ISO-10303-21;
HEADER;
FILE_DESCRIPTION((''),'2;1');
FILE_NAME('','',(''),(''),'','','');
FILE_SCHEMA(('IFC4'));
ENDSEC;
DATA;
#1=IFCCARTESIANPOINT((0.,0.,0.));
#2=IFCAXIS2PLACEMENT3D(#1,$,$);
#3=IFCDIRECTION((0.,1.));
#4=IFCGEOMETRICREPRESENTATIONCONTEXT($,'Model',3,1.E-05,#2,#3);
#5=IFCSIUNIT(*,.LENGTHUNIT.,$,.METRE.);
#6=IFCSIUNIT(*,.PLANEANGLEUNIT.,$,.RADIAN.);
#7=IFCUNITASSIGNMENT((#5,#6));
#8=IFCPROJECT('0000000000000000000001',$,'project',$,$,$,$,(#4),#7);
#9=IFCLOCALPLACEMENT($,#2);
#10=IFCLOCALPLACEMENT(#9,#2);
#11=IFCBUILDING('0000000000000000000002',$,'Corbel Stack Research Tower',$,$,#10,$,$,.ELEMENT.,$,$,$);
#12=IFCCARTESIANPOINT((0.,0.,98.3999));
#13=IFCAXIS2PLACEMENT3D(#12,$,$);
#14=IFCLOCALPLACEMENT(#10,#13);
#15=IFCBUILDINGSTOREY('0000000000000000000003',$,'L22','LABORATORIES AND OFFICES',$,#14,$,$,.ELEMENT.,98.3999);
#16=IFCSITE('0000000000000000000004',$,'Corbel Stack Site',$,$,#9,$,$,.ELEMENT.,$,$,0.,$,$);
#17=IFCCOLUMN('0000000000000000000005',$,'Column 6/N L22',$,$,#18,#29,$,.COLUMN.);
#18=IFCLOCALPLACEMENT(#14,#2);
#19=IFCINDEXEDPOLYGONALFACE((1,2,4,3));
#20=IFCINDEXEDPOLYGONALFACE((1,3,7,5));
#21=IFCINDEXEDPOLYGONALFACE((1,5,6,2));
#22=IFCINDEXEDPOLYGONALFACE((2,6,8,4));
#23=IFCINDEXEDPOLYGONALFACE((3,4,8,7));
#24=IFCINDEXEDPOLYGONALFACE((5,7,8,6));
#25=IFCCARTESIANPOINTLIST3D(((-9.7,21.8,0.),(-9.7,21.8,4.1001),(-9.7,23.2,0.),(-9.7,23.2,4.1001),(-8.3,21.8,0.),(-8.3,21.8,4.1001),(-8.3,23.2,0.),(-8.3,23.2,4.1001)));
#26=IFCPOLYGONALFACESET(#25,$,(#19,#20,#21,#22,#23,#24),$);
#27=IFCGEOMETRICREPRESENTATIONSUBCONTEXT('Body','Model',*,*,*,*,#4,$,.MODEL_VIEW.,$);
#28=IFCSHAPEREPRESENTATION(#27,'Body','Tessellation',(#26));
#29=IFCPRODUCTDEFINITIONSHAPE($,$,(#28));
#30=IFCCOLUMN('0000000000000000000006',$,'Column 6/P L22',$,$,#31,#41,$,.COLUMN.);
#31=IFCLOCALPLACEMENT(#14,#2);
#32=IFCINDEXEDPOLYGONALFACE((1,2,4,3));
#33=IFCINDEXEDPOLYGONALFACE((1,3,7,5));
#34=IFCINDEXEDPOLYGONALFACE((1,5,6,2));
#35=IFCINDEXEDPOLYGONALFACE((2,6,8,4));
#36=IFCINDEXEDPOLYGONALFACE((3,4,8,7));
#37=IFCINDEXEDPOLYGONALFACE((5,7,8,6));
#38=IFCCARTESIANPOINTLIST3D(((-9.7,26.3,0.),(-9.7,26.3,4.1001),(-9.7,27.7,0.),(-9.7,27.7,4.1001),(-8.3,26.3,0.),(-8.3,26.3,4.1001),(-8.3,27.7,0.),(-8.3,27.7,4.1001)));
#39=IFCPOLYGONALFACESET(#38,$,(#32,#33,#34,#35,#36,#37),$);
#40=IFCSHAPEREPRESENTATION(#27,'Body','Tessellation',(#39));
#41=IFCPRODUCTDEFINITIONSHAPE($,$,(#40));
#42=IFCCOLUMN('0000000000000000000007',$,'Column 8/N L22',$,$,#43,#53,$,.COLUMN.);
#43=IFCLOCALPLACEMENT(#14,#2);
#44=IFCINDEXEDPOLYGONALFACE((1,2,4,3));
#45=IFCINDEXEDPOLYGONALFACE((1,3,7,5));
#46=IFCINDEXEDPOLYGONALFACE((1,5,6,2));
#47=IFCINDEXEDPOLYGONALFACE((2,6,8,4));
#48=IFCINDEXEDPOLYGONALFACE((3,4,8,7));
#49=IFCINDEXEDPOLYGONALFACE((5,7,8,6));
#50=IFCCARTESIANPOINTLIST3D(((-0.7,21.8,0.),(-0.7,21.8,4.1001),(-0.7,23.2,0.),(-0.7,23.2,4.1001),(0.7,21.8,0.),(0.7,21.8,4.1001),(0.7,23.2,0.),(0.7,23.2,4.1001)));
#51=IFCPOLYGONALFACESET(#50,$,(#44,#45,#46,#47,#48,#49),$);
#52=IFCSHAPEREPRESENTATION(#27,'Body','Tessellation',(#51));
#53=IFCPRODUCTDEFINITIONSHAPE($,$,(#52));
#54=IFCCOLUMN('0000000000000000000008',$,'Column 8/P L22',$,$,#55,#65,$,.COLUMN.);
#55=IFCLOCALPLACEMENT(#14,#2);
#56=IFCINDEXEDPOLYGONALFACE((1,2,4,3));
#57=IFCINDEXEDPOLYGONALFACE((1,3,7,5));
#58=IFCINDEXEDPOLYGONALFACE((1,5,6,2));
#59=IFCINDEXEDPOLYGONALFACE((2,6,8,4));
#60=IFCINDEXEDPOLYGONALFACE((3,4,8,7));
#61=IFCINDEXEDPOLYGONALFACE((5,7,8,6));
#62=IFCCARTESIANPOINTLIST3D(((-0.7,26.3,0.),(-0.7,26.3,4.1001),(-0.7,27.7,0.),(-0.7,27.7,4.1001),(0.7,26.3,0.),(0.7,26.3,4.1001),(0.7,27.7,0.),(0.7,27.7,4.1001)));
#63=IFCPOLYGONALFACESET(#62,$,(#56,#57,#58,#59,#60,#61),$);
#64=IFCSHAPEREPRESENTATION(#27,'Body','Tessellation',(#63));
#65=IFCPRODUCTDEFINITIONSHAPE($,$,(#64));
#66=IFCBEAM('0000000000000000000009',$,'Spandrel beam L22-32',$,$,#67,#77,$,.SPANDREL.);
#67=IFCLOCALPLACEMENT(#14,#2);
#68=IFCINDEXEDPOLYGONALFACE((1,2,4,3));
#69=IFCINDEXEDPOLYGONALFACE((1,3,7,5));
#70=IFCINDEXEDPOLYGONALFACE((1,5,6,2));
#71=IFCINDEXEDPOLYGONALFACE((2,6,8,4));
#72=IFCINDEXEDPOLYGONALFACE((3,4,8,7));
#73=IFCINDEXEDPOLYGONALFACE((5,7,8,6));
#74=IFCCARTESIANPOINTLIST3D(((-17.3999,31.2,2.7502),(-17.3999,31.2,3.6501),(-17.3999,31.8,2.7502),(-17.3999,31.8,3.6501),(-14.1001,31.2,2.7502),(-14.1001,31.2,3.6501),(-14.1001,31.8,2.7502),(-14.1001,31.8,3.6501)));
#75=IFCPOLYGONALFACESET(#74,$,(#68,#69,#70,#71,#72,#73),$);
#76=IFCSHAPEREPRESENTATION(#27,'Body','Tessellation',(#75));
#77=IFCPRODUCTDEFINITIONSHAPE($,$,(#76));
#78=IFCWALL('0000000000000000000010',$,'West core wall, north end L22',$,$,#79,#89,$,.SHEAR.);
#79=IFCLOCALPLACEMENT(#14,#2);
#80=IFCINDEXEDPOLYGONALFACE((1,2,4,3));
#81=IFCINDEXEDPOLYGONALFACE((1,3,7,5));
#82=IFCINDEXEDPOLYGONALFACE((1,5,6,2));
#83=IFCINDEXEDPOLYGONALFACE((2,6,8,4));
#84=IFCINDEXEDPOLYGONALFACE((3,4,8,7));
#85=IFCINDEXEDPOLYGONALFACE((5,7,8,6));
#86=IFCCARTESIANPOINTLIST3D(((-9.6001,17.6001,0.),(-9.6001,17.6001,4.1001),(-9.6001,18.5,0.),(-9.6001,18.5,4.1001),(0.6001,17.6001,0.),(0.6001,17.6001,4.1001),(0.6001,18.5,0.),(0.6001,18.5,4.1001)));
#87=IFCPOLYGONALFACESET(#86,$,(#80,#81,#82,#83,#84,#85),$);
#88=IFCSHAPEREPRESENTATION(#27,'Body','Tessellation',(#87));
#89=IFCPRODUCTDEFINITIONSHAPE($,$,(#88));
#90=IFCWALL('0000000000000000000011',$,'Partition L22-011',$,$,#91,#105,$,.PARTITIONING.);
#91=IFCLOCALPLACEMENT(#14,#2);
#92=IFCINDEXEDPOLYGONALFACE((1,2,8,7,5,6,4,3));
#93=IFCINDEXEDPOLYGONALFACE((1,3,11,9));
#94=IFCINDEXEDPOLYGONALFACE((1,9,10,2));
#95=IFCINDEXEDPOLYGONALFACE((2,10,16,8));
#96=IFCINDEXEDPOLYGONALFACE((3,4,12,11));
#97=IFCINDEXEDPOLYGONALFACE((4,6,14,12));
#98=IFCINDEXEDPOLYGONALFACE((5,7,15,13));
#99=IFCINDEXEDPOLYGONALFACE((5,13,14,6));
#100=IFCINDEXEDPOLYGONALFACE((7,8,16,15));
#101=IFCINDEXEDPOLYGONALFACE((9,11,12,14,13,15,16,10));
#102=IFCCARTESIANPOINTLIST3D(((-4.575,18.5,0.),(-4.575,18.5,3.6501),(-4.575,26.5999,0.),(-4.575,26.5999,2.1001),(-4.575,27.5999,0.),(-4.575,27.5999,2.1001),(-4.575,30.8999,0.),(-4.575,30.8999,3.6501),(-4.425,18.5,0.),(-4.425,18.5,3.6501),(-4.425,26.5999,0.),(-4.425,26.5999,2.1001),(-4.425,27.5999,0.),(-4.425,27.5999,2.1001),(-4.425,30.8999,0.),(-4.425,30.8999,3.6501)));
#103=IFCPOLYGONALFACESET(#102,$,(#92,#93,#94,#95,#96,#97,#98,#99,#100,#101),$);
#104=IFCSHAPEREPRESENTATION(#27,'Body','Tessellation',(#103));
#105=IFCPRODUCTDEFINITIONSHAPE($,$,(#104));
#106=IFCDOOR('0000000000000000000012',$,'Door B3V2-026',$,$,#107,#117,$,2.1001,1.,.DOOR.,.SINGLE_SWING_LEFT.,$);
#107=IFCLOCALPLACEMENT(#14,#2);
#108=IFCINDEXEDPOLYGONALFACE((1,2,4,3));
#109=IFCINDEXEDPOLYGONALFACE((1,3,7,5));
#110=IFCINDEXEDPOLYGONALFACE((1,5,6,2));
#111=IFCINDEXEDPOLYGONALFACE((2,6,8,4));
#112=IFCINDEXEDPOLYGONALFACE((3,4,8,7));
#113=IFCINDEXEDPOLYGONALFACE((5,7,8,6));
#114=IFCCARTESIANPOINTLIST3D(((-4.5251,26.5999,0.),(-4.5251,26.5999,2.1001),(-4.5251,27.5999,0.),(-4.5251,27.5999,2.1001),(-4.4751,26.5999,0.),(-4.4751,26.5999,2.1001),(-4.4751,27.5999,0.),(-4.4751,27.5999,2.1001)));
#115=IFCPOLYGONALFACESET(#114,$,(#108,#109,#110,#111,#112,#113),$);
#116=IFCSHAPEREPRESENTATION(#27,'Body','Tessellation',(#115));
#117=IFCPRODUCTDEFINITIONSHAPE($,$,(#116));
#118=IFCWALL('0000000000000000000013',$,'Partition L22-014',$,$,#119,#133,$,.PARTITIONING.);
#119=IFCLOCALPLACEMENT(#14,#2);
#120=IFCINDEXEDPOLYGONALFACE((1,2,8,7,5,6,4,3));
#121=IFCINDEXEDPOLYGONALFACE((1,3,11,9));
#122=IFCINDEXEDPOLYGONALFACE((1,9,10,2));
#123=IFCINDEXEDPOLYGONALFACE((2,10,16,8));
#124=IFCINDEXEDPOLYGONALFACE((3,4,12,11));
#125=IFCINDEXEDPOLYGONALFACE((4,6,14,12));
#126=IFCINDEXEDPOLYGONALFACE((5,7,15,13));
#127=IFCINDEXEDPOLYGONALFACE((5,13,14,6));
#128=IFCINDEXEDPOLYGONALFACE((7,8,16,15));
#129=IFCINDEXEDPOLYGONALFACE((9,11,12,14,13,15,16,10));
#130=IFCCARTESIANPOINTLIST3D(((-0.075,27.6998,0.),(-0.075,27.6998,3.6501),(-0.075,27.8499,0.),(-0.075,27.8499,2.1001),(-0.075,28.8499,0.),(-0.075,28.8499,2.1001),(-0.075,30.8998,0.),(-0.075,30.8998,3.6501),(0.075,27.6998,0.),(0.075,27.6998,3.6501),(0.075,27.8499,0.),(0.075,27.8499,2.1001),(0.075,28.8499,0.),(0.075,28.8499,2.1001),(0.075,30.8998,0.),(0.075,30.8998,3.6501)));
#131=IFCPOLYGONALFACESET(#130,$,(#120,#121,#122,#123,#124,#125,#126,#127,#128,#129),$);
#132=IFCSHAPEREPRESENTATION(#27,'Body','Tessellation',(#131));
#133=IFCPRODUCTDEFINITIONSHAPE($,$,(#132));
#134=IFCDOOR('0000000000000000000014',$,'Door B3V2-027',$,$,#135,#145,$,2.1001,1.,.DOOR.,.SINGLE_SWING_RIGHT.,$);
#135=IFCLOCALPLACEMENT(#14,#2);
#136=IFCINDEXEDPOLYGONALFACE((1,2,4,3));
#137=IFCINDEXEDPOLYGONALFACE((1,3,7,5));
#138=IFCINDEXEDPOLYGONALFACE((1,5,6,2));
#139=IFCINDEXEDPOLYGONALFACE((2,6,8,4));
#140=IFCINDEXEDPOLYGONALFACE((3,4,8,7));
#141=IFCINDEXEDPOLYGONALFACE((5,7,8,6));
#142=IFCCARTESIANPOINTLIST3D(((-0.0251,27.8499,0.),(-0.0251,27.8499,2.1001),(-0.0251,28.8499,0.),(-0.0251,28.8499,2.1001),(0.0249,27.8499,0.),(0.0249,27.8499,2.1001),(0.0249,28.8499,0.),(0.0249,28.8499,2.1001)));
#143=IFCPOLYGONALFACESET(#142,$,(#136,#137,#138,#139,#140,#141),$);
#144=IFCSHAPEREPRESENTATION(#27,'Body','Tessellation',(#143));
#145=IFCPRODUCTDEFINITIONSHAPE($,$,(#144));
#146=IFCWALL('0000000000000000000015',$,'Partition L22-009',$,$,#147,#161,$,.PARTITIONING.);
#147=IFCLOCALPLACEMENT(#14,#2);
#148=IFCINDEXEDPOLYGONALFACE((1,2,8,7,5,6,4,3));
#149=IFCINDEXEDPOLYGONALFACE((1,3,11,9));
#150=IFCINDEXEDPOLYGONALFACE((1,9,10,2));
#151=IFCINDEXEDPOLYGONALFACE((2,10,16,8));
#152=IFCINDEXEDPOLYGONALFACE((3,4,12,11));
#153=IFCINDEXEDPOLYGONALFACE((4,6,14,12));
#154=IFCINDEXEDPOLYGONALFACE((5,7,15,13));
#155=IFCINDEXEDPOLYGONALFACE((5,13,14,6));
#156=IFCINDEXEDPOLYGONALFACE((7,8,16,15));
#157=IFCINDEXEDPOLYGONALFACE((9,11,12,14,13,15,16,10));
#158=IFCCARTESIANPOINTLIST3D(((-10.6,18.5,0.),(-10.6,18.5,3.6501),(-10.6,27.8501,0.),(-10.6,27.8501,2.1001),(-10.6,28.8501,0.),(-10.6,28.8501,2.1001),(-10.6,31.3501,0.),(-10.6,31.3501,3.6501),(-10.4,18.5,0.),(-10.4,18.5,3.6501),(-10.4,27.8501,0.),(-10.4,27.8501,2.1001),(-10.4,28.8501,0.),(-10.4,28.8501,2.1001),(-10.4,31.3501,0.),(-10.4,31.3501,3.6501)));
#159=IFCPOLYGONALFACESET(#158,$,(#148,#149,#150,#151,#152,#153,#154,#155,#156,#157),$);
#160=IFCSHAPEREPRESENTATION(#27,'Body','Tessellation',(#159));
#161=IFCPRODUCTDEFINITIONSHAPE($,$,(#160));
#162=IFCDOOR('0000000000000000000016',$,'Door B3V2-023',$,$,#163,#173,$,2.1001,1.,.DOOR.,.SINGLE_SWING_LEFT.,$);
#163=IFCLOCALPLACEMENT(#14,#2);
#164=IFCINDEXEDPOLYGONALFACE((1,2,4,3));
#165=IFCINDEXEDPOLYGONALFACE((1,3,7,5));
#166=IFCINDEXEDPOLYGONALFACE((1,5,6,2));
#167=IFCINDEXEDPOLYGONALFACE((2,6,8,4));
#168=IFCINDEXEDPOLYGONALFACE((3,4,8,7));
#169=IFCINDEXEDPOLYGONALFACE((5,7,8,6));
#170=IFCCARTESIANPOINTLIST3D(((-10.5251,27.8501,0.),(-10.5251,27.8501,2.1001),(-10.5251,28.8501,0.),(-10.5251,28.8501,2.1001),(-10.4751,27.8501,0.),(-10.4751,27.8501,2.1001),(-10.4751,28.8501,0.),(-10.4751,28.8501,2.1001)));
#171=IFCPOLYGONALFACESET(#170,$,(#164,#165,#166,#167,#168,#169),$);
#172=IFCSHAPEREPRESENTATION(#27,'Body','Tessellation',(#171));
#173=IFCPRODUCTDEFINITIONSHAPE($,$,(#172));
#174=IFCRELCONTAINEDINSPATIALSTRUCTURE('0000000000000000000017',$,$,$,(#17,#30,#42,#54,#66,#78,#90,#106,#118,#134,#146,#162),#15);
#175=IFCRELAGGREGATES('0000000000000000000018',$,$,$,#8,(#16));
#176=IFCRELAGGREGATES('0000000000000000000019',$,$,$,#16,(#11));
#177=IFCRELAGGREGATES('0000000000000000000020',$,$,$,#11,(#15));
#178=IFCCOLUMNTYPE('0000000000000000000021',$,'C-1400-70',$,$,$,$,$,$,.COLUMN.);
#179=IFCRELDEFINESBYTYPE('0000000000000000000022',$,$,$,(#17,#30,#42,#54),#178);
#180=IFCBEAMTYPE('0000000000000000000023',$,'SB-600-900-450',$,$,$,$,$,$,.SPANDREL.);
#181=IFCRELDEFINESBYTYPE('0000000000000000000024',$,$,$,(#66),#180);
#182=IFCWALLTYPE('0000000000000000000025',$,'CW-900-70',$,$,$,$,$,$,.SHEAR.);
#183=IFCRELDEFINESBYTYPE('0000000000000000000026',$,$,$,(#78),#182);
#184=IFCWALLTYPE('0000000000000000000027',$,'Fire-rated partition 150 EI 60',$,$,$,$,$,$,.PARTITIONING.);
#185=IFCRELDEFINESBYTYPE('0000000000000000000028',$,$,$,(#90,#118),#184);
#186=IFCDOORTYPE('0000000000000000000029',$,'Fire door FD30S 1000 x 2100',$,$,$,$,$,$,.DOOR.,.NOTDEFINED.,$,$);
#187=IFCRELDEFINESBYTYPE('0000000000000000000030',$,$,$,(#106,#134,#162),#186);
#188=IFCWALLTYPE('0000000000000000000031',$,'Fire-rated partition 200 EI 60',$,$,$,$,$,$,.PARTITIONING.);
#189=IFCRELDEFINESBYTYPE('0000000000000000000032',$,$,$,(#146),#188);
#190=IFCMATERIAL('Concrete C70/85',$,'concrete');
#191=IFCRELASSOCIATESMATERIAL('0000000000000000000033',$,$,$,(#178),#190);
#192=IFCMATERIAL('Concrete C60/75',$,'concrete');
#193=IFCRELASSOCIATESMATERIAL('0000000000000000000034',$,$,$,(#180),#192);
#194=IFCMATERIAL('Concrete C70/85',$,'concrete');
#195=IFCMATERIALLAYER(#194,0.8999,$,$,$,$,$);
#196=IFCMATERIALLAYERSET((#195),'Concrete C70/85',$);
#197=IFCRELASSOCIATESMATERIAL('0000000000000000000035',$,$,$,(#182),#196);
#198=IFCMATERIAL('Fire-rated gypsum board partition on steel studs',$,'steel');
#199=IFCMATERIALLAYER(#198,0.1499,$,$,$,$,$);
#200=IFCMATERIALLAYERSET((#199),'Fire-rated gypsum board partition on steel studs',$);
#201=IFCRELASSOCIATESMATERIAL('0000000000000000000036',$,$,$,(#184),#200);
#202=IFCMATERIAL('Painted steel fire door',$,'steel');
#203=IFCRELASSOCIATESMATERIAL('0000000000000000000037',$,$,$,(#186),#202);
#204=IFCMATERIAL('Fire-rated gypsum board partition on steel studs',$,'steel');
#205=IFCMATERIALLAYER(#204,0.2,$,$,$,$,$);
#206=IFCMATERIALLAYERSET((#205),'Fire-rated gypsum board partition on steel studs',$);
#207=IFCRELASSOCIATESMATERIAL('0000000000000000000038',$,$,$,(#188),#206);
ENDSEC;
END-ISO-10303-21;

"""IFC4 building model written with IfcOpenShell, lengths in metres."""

from ifc_helpers import new_model, si_unit, direction, frame, frame_2d, origin, origin_2d, place, context, subcontext, project, spatial, rectangle, extrude, material, layer, layer_set, material_profile, profile_set, type_object, element, fill, save


model = new_model("IFC4")

# Units and contexts
model_context = context("Model", 3, precision=1e-05, world=origin(), true_north=direction((0.0, 1.0)))
body_context = subcontext(model_context, "Body", "Model", "MODEL_VIEW")
ifc_project = project(units=[si_unit("LENGTHUNIT", "METRE"), si_unit("PLANEANGLEUNIT", "RADIAN")], contexts=[model_context])

# Site, building, storey
site_placement = place(None, origin())
site = spatial("IfcSite", under=ifc_project, at=site_placement, Name="Corbel Stack Site", CompositionType="ELEMENT", RefElevation=0.0)
building_placement = place(site_placement, origin())
building = spatial("IfcBuilding", under=site, at=building_placement, Name="Corbel Stack Research Tower", CompositionType="ELEMENT")
storey_placement = place(building_placement, frame((0.0, 0.0, 98.3999)))
storey = spatial("IfcBuildingStorey", under=building, at=storey_placement, Name="L22", Description="LABORATORIES AND OFFICES", CompositionType="ELEMENT", Elevation=98.3999)

# Columns
ifc_material_1 = material(Name="Concrete C70/85", Category="concrete")
ifc_material_profile_1 = material_profile(ifc_material_1, rectangle(XDim=1.3999, YDim=1.3999, at=origin_2d()), Name="RC 1400 x 1400")
ifc_profile_set_1 = profile_set([ifc_material_profile_1], Name="Concrete C70/85")
column_type = type_object("IfcColumnType", Name="C-1400-70", PredefinedType="COLUMN", material=ifc_profile_set_1)
for number, where, z_axis, x_axis, name in (
    (1, (-9.0, 22.5, 0.0), (0.0, 0.0, 1.0), (1.0, 0.0, 0.0), "Column 6/N L22"),
    (2, (-9.0, 27.0, 0.0), (0.0, 0.0, 1.0), (1.0, 0.0, 0.0), "Column 6/P L22"),
    (3, (0.0, 22.5, 0.0), (0.0, 0.0, 1.0), (1.0, 0.0, 0.0), "Column 8/N L22"),
    (4, (0.0, 27.0, 0.0), (0.0, 0.0, 1.0), (1.0, 0.0, 0.0), "Column 8/P L22"),
):
    element("IfcColumn", number, at=place(storey_placement, frame(where, z_axis=z_axis, x_axis=x_axis)), inside=storey, type_object=column_type, Name=name, PredefinedType="COLUMN", context=body_context, shape_type="SweptSolid", body=[
        extrude(rectangle(XDim=1.3999, YDim=1.3999, at=origin_2d()), origin(), (0.0, 0.0, 1.0), 4.1001),
    ])

# Beam
ifc_material_2 = material(Name="Concrete C60/75", Category="concrete")
ifc_material_profile_2 = material_profile(ifc_material_2, rectangle(XDim=0.6001, YDim=0.8999, at=origin_2d()), Name="RC 600 x 900")
ifc_profile_set_2 = profile_set([ifc_material_profile_2], Name="Concrete C60/75")
beam_type = type_object("IfcBeamType", Name="SB-600-900-450", PredefinedType="SPANDREL", material=ifc_profile_set_2)
beam_placement = place(storey_placement, frame((-14.1001, 31.5, 3.2002), z_axis=(-1.0, 0.0, 0.0), x_axis=(0.0, -1.0, 0.0)))
element("IfcBeam", 5, at=beam_placement, inside=storey, type_object=beam_type, Name="Spandrel beam L22-32", PredefinedType="SPANDREL", context=body_context, shape_type="SweptSolid", body=[
    extrude(rectangle(XDim=0.6001, YDim=0.8999, at=origin_2d()), origin(), (0.0, 0.0, 1.0), 3.2998),
])

# Wall
ifc_material_3 = material(Name="Concrete C70/85", Category="concrete")
ifc_layer_1 = layer(ifc_material_3, 0.8999)
ifc_layer_set_1 = layer_set([ifc_layer_1], Name="Concrete C70/85")
wall_type_1 = type_object("IfcWallType", Name="CW-900-70", PredefinedType="SHEAR", material=ifc_layer_set_1)
wall_1_placement = place(storey_placement, frame((-9.6001, 18.05, 0.0), z_axis=(0.0, 0.0, 1.0), x_axis=(1.0, 0.0, 0.0)))
element("IfcWall", 6, at=wall_1_placement, inside=storey, type_object=wall_type_1, Name="West core wall, north end L22", PredefinedType="SHEAR", context=body_context, shape_type="SweptSolid", body=[
    extrude(rectangle(XDim=10.2002, YDim=0.8999, at=frame_2d((5.1001, 0.0))), origin(), (0.0, 0.0, 1.0), 4.1001),
])

# Walls, openings, doors
ifc_material_4 = material(Name="Fire-rated gypsum board partition on steel studs", Category="steel")
ifc_layer_2 = layer(ifc_material_4, 0.1499)
ifc_layer_set_2 = layer_set([ifc_layer_2], Name="Fire-rated gypsum board partition on steel studs")
wall_type_2 = type_object("IfcWallType", Name="Fire-rated partition 150 EI 60", PredefinedType="PARTITIONING", material=ifc_layer_set_2)
wall_2_placement = place(storey_placement, frame((-4.5, 30.8999, 0.0), z_axis=(0.0, 0.0, 1.0), x_axis=(0.0, -1.0, 0.0)))
wall_2 = element("IfcWall", 7, at=wall_2_placement, inside=storey, type_object=wall_type_2, Name="Partition L22-011", PredefinedType="PARTITIONING", context=body_context, shape_type="SweptSolid", body=[
    extrude(rectangle(XDim=12.3999, YDim=0.1499, at=frame_2d((6.2, 0.0))), origin(), (0.0, 0.0, 1.0), 3.6501),
])
opening_1_placement = place(wall_2_placement, frame((3.3, 0.0, 0.0)))
opening_1 = element("IfcOpeningElement", 8, at=opening_1_placement, cuts=wall_2, PredefinedType="OPENING", context=body_context, shape_type="SweptSolid", body=[
    extrude(rectangle(XDim=1.0, YDim=2.1001, at=frame_2d((0.5, 1.05))), frame((0.0, 0.085, 0.0), z_axis=(0.0, -1.0, 0.0), x_axis=(1.0, 0.0, 0.0)), (0.0, 0.0, 1.0), 0.1699),
])
ifc_material_5 = material(Name="Painted steel fire door", Category="steel")
door_type_1 = type_object("IfcDoorType", Name="Fire door FD30S 1000 x 2100", OperationType="NOTDEFINED", PredefinedType="DOOR", material=ifc_material_5)
door_1_placement = place(opening_1_placement, origin())
door_1 = element("IfcDoor", 9, at=door_1_placement, inside=storey, type_object=door_type_1, Name="Door B3V2-026", OperationType="SINGLE_SWING_LEFT", OverallHeight=2.1001, OverallWidth=1.0, PredefinedType="DOOR", context=body_context, shape_type="SweptSolid", body=[
    extrude(rectangle(XDim=1.0, YDim=2.1001, at=frame_2d((0.5, 1.05))), frame((0.0, 0.0249, 0.0), z_axis=(0.0, -1.0, 0.0), x_axis=(1.0, 0.0, 0.0)), (0.0, 0.0, 1.0), 0.05),
])
fill(opening_1, door_1)
wall_3_placement = place(storey_placement, frame((0.0, 30.8999, 0.0), z_axis=(0.0, 0.0, 1.0), x_axis=(0.0, -1.0, 0.0)))
wall_3 = element("IfcWall", 10, at=wall_3_placement, inside=storey, type_object=wall_type_2, Name="Partition L22-014", PredefinedType="PARTITIONING", context=body_context, shape_type="SweptSolid", body=[
    extrude(rectangle(XDim=3.2, YDim=0.1499, at=frame_2d((1.6001, 0.0))), origin(), (0.0, 0.0, 1.0), 3.6501),
])
opening_2_placement = place(wall_3_placement, frame((2.05, 0.0, 0.0)))
opening_2 = element("IfcOpeningElement", 11, at=opening_2_placement, cuts=wall_3, PredefinedType="OPENING", context=body_context, shape_type="SweptSolid", body=[
    extrude(rectangle(XDim=1.0, YDim=2.1001, at=frame_2d((0.5, 1.05))), frame((0.0, 0.085, 0.0), z_axis=(0.0, -1.0, 0.0), x_axis=(1.0, 0.0, 0.0)), (0.0, 0.0, 1.0), 0.1699),
])
door_2_placement = place(opening_2_placement, origin())
door_2 = element("IfcDoor", 12, at=door_2_placement, inside=storey, type_object=door_type_1, Name="Door B3V2-027", OperationType="SINGLE_SWING_RIGHT", OverallHeight=2.1001, OverallWidth=1.0, PredefinedType="DOOR", context=body_context, shape_type="SweptSolid", body=[
    extrude(rectangle(XDim=1.0, YDim=2.1001, at=frame_2d((0.5, 1.05))), frame((0.0, 0.0249, 0.0), z_axis=(0.0, -1.0, 0.0), x_axis=(1.0, 0.0, 0.0)), (0.0, 0.0, 1.0), 0.05),
])
fill(opening_2, door_2)
ifc_material_6 = material(Name="Fire-rated gypsum board partition on steel studs", Category="steel")
ifc_layer_3 = layer(ifc_material_6, 0.2)
ifc_layer_set_3 = layer_set([ifc_layer_3], Name="Fire-rated gypsum board partition on steel studs")
wall_type_3 = type_object("IfcWallType", Name="Fire-rated partition 200 EI 60", PredefinedType="PARTITIONING", material=ifc_layer_set_3)
wall_4_placement = place(storey_placement, frame((-10.5, 31.3501, 0.0), z_axis=(0.0, 0.0, 1.0), x_axis=(0.0, -1.0, 0.0)))
wall_4 = element("IfcWall", 13, at=wall_4_placement, inside=storey, type_object=wall_type_3, Name="Partition L22-009", PredefinedType="PARTITIONING", context=body_context, shape_type="SweptSolid", body=[
    extrude(rectangle(XDim=12.8501, YDim=0.2, at=frame_2d((6.425, 0.0))), origin(), (0.0, 0.0, 1.0), 3.6501),
])
opening_3_placement = place(wall_4_placement, frame((2.5, 0.0, 0.0)))
opening_3 = element("IfcOpeningElement", 14, at=opening_3_placement, cuts=wall_4, PredefinedType="OPENING", context=body_context, shape_type="SweptSolid", body=[
    extrude(rectangle(XDim=1.0, YDim=2.1001, at=frame_2d((0.5, 1.05))), frame((0.0, 0.1099, 0.0), z_axis=(0.0, -1.0, 0.0), x_axis=(1.0, 0.0, 0.0)), (0.0, 0.0, 1.0), 0.22),
])
door_3_placement = place(opening_3_placement, origin())
door_3 = element("IfcDoor", 15, at=door_3_placement, inside=storey, type_object=door_type_1, Name="Door B3V2-023", OperationType="SINGLE_SWING_LEFT", OverallHeight=2.1001, OverallWidth=1.0, PredefinedType="DOOR", context=body_context, shape_type="SweptSolid", body=[
    extrude(rectangle(XDim=1.0, YDim=2.1001, at=frame_2d((0.5, 1.05))), frame((0.0, 0.0249, 0.0), z_axis=(0.0, -1.0, 0.0), x_axis=(1.0, 0.0, 0.0)), (0.0, 0.0, 1.0), 0.05),
])
fill(opening_3, door_3)

save(model, "model.ifc")
